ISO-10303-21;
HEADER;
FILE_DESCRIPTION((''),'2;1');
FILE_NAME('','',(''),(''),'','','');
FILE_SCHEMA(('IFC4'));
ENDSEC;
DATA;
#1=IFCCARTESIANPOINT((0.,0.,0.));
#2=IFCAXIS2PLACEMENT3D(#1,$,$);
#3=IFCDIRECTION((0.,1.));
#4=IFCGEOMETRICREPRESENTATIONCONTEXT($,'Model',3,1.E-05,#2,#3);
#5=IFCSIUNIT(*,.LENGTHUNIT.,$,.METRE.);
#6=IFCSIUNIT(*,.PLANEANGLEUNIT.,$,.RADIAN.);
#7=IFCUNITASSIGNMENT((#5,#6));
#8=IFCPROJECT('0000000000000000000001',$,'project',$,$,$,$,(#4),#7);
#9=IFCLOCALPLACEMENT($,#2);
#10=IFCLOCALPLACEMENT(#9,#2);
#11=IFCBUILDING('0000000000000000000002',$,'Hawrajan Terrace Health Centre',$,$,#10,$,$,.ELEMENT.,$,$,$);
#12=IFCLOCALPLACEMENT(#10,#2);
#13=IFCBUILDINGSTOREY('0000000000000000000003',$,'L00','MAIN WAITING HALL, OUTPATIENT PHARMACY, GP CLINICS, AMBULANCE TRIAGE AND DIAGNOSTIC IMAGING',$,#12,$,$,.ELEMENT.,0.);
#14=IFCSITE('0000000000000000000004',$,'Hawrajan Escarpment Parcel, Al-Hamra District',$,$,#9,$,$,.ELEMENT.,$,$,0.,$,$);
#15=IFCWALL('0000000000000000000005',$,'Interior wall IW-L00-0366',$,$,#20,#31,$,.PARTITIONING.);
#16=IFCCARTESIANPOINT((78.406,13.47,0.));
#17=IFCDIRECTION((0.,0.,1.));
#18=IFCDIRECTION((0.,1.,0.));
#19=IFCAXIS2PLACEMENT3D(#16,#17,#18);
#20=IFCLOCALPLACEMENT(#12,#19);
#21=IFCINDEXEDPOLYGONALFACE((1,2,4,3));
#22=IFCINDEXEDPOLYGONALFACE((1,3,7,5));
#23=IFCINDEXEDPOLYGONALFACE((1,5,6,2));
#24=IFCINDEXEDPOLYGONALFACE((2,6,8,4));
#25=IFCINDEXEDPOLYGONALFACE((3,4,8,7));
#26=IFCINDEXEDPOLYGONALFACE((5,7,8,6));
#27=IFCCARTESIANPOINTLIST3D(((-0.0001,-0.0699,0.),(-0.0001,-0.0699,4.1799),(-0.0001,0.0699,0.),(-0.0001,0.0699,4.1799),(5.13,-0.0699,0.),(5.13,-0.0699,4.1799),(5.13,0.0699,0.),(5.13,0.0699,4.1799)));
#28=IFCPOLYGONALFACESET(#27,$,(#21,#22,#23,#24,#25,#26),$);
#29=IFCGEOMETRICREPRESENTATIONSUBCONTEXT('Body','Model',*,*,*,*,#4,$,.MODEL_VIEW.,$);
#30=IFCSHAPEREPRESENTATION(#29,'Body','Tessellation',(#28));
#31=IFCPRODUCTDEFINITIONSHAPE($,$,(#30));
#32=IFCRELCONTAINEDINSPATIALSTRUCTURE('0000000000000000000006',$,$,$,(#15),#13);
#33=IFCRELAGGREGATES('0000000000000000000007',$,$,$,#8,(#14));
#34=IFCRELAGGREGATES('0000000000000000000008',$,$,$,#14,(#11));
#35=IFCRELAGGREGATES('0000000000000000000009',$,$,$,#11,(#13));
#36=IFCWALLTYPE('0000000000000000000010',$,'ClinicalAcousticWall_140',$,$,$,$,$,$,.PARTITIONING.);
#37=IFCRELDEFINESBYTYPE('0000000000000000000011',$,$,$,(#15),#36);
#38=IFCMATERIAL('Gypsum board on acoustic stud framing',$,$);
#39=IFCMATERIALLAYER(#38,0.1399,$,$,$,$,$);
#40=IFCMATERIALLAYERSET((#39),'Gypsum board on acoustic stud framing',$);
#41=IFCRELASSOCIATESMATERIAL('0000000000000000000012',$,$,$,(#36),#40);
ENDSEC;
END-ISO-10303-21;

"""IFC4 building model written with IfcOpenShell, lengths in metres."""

from ifc_helpers import new_model, si_unit, direction, frame, frame_2d, origin, place, context, subcontext, project, spatial, rectangle, extrude, material, layer, layer_set, type_object, element, save


model = new_model("IFC4")

# Units and contexts
model_context = context("Model", 3, precision=1e-05, world=origin(), true_north=direction((0.0, 1.0)))
body_context = subcontext(model_context, "Body", "Model", "MODEL_VIEW")
ifc_project = project(units=[si_unit("LENGTHUNIT", "METRE"), si_unit("PLANEANGLEUNIT", "RADIAN")], contexts=[model_context])

# Site, building, storey
site_placement = place(None, origin())
site = spatial("IfcSite", under=ifc_project, at=site_placement, Name="Hawrajan Escarpment Parcel, Al-Hamra District", CompositionType="ELEMENT", RefElevation=0.0)
building_placement = place(site_placement, origin())
building = spatial("IfcBuilding", under=site, at=building_placement, Name="Hawrajan Terrace Health Centre", CompositionType="ELEMENT")
storey_placement = place(building_placement, origin())
storey = spatial("IfcBuildingStorey", under=building, at=storey_placement, Name="L00", Description="MAIN WAITING HALL, OUTPATIENT PHARMACY, GP CLINICS, AMBULANCE TRIAGE AND DIAGNOSTIC IMAGING", CompositionType="ELEMENT", Elevation=0.0)

# Wall
ifc_material_1 = material(Name="Gypsum board on acoustic stud framing")
ifc_layer_1 = layer(ifc_material_1, 0.1399)
ifc_layer_set_1 = layer_set([ifc_layer_1], Name="Gypsum board on acoustic stud framing")
wall_type = type_object("IfcWallType", Name="ClinicalAcousticWall_140", PredefinedType="PARTITIONING", material=ifc_layer_set_1)
wall_1_placement = place(storey_placement, frame((78.406, 13.47, 0.0), z_axis=(0.0, 0.0, 1.0), x_axis=(0.0, 1.0, 0.0)))
element("IfcWall", 1, at=wall_1_placement, inside=storey, type_object=wall_type, Name="Interior wall IW-L00-0366", PredefinedType="PARTITIONING", context=body_context, shape_type="SweptSolid", body=[
    extrude(rectangle(XDim=5.1301, YDim=0.1399, at=frame_2d((2.5649, 0.0))), origin(), (0.0, 0.0, 1.0), 4.1799),
])

save(model, "model.ifc")
